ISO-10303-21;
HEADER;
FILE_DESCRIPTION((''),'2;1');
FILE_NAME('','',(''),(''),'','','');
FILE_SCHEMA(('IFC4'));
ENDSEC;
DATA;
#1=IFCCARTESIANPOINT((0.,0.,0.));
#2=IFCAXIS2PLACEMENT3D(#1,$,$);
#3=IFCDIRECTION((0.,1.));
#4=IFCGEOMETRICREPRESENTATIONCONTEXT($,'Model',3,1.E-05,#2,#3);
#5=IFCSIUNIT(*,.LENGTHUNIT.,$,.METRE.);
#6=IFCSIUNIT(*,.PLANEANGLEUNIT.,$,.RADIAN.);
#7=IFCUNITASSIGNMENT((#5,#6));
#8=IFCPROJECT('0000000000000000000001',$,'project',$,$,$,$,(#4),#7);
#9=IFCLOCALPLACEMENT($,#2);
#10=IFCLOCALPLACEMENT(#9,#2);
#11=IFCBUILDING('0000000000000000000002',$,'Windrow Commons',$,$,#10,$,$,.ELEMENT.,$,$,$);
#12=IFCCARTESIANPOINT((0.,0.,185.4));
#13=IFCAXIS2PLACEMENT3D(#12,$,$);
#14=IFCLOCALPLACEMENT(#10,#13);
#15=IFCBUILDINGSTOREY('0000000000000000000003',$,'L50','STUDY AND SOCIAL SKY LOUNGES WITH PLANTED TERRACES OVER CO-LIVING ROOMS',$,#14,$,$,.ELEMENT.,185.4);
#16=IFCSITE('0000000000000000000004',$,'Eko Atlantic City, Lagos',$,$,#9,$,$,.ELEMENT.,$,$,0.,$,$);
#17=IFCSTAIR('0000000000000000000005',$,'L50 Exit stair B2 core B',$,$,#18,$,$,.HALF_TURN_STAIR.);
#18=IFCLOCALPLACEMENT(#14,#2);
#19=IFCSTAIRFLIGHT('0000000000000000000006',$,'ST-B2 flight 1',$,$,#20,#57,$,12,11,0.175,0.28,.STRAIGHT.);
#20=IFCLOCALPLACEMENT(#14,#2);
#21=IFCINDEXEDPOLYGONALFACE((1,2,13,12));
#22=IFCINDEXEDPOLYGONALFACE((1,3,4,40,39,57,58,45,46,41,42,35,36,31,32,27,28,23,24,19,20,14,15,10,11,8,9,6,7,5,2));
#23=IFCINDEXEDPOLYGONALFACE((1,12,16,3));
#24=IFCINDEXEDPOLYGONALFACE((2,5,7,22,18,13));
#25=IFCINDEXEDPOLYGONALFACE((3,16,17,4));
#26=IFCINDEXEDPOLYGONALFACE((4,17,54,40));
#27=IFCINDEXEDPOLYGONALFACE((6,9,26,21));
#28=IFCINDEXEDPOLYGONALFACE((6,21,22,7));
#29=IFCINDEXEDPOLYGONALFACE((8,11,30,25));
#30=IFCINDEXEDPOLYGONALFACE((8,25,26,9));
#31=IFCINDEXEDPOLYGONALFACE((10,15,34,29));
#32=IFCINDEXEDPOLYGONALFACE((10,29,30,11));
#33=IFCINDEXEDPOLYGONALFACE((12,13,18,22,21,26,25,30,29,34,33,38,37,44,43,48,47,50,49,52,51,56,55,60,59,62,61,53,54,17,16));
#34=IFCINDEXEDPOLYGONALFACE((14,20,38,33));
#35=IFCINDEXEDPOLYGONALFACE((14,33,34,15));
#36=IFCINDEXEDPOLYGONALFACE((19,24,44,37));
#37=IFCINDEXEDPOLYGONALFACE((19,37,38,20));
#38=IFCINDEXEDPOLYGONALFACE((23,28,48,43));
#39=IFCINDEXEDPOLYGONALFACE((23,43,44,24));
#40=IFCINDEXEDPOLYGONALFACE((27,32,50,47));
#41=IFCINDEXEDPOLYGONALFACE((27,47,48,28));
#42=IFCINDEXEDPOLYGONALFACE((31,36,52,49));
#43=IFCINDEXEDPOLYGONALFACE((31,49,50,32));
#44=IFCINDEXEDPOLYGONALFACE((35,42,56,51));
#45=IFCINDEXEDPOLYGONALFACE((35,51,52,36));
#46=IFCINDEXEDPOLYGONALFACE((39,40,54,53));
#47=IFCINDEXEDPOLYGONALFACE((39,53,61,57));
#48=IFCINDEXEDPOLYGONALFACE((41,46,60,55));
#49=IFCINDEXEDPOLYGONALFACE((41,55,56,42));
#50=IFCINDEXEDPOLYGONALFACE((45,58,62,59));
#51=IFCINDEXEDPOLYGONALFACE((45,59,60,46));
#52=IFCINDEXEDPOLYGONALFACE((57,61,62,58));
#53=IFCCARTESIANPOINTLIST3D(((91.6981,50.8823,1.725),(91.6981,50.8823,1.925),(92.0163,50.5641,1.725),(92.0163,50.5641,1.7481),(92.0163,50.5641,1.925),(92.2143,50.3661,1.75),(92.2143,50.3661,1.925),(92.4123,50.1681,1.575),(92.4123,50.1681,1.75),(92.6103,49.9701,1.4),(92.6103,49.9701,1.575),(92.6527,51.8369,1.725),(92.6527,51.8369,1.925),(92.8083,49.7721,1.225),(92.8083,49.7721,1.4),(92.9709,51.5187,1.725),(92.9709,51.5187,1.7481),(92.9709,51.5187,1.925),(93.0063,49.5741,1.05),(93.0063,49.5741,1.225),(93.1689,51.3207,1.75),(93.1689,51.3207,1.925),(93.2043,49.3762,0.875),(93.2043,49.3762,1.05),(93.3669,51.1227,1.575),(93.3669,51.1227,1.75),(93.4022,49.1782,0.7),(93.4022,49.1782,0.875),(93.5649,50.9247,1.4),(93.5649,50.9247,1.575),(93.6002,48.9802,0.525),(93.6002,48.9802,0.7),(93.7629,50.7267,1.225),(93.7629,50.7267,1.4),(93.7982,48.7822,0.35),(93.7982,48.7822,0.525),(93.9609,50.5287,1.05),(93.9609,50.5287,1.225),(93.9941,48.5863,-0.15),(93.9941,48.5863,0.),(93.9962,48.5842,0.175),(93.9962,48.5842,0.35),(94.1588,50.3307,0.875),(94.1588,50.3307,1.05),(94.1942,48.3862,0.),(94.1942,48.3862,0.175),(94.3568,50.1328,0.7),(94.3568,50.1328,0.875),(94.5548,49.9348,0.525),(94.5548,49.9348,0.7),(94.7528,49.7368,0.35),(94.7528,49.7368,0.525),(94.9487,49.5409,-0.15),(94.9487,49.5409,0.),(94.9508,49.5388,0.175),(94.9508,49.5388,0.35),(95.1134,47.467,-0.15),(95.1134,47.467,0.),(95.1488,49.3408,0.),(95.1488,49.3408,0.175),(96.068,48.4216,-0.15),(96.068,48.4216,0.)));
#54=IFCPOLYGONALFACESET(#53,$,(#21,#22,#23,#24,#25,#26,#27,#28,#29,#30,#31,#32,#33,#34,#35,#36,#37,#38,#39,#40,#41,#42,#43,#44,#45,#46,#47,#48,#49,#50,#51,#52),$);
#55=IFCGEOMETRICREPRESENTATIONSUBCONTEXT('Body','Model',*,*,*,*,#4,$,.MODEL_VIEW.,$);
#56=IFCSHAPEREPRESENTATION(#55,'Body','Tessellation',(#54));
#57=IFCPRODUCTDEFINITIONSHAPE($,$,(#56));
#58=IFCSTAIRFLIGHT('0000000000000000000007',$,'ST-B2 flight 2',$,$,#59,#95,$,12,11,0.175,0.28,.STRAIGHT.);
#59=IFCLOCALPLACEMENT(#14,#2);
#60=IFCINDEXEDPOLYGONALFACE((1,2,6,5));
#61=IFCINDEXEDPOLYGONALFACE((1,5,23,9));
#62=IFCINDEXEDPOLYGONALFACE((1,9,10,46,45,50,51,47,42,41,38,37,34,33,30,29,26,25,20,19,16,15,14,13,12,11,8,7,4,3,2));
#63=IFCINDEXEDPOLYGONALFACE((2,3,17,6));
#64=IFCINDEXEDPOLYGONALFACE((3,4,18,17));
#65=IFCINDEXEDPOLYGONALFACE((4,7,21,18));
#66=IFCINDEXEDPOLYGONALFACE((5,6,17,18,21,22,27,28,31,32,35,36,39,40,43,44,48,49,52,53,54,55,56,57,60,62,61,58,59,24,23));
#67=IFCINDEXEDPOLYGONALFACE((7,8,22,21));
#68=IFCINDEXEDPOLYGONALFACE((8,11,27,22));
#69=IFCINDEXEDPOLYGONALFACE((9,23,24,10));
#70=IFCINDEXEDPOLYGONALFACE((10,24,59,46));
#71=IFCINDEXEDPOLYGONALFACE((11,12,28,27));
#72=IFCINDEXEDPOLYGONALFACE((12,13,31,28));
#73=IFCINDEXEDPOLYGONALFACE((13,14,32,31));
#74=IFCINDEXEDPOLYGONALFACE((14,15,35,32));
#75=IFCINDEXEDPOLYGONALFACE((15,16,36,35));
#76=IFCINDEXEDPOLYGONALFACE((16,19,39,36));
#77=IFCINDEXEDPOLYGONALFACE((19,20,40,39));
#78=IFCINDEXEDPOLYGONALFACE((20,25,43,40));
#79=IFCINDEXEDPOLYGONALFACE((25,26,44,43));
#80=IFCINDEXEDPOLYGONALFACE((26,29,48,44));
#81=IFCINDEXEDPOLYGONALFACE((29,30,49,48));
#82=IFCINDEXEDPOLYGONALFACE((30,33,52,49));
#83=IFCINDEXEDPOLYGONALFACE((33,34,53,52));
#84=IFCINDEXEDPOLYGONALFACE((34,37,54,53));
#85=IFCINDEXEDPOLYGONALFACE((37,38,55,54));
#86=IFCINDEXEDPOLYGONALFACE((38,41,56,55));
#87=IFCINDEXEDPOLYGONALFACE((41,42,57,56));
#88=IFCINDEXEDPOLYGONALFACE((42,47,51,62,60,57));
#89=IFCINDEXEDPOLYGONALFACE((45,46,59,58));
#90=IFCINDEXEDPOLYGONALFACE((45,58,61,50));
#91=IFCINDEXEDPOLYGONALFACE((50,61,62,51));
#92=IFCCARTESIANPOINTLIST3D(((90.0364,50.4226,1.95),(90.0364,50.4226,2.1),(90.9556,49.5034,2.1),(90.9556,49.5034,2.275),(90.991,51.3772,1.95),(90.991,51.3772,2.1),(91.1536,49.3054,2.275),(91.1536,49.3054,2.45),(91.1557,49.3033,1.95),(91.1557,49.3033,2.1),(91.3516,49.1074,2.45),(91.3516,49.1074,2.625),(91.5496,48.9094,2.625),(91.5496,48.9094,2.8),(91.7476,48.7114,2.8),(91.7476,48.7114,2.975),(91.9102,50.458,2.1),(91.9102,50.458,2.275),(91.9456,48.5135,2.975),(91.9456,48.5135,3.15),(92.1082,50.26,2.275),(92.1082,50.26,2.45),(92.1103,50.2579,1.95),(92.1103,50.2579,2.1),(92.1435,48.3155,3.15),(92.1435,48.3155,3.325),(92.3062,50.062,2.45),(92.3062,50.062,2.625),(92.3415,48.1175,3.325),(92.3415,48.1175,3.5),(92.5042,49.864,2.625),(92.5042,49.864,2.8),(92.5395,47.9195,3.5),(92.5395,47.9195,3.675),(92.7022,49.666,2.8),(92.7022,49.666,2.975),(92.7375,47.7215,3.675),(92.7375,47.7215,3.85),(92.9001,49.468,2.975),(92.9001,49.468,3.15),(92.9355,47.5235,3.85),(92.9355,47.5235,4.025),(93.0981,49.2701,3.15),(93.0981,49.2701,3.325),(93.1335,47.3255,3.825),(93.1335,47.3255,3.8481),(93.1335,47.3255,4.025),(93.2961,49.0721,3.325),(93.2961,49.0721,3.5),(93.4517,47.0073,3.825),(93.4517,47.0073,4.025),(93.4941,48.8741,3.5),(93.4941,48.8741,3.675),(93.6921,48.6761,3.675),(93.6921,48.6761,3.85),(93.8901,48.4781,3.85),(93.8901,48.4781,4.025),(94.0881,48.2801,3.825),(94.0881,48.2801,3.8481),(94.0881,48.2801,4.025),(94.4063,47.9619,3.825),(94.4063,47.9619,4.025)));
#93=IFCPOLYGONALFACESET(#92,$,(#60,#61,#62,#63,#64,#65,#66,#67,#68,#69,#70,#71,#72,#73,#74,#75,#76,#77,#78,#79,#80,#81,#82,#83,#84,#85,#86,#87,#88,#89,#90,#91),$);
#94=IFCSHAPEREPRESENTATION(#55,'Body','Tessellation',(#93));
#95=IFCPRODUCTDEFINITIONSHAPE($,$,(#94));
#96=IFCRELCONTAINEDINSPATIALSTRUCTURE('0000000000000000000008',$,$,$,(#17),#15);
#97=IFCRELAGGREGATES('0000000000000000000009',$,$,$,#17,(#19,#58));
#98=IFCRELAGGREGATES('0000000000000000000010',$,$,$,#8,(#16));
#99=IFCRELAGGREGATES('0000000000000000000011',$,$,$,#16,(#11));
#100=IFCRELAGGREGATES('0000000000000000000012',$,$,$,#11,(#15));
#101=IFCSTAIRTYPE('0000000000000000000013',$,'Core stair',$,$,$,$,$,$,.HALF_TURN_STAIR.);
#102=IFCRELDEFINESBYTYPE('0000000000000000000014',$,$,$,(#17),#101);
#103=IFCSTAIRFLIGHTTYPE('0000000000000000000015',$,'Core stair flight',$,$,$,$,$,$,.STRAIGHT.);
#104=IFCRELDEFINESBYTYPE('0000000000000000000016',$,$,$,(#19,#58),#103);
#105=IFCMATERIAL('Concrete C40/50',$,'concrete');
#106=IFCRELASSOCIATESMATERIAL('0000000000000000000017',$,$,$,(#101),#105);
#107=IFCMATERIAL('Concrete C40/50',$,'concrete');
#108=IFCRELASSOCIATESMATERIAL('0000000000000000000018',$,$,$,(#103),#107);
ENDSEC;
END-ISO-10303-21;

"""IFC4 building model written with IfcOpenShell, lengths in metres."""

from ifc_helpers import new_model, si_unit, direction, frame, origin, place, context, subcontext, project, spatial, polyline, outline, extrude, material, type_object, element, aggregate, save


model = new_model("IFC4")

# Units and contexts
model_context = context("Model", 3, precision=1e-05, world=origin(), true_north=direction((0.0, 1.0)))
body_context = subcontext(model_context, "Body", "Model", "MODEL_VIEW")
ifc_project = project(units=[si_unit("LENGTHUNIT", "METRE"), si_unit("PLANEANGLEUNIT", "RADIAN")], contexts=[model_context])

# Site, building, storey
site_placement = place(None, origin())
site = spatial("IfcSite", under=ifc_project, at=site_placement, Name="Eko Atlantic City, Lagos", CompositionType="ELEMENT", RefElevation=0.0)
building_placement = place(site_placement, origin())
building = spatial("IfcBuilding", under=site, at=building_placement, Name="Windrow Commons", CompositionType="ELEMENT")
storey_placement = place(building_placement, frame((0.0, 0.0, 185.4)))
storey = spatial("IfcBuildingStorey", under=building, at=storey_placement, Name="L50", Description="STUDY AND SOCIAL SKY LOUNGES WITH PLANTED TERRACES OVER CO-LIVING ROOMS", CompositionType="ELEMENT", Elevation=185.4)

# Shared definitions
placement = place(storey_placement, origin())

# Stair, stair flights
ifc_material_1 = material(Name="Concrete C40/50", Category="concrete")
stair_type = type_object("IfcStairType", Name="Core stair", PredefinedType="HALF_TURN_STAIR", material=ifc_material_1)
stair = element("IfcStair", 1, at=placement, inside=storey, type_object=stair_type, Name="L50 Exit stair B2 core B", PredefinedType="HALF_TURN_STAIR")
ifc_material_2 = material(Name="Concrete C40/50", Category="concrete")
stair_flight_type = type_object("IfcStairFlightType", Name="Core stair flight", PredefinedType="STRAIGHT", material=ifc_material_2)
stair_flight_1_placement = place(storey_placement, frame((94.6715, 48.8635, 0.0), z_axis=(0.0, 0.0, 1.0), x_axis=(-0.707107, 0.707107, 0.0)))
stair_flight_1 = element("IfcStairFlight", 2, at=stair_flight_1_placement, type_object=stair_flight_type, Name="ST-B2 flight 1", NumberOfRisers=12, NumberOfTreads=11, PredefinedType="STRAIGHT", RiserHeight=0.175, TreadLength=0.28, context=body_context, shape_type="SweptSolid", body=[
    extrude(outline(polyline([(-1.3, -0.15), (-1.3, 0.0), (0.0, 0.0), (0.0, 0.175), (0.28, 0.175), (0.28, 0.35), (0.56, 0.35), (0.56, 0.525), (0.84, 0.525), (0.84, 0.7), (1.12, 0.7), (1.12, 0.875), (1.4, 0.875), (1.4, 1.05), (1.68, 1.05), (1.68, 1.225), (1.96, 1.225), (1.96, 1.4), (2.24, 1.4), (2.24, 1.575), (2.52, 1.575), (2.52, 1.75), (2.8, 1.75), (2.8, 1.925), (3.08, 1.925), (3.53, 1.925), (3.53, 1.725), (3.08, 1.725), (3.08, 1.7481), (0.283, 0.0), (0.283, -0.15), (-1.3, -0.15)])), frame((0.0, 0.675, 0.0), z_axis=(0.0, -1.0, 0.0), x_axis=(1.0, 0.0, 0.0)), (0.0, 0.0, 1.0), 1.35),
])
stair_flight_2_placement = place(storey_placement, frame((91.4329, 49.9807, 2.1), z_axis=(0.0, 0.0, 1.0), x_axis=(0.707107, -0.707107, 0.0)))
stair_flight_2 = element("IfcStairFlight", 3, at=stair_flight_2_placement, type_object=stair_flight_type, Name="ST-B2 flight 2", NumberOfRisers=12, NumberOfTreads=11, PredefinedType="STRAIGHT", RiserHeight=0.175, TreadLength=0.28, context=body_context, shape_type="SweptSolid", body=[
    extrude(outline(polyline([(-1.3, -0.15), (-1.3, 0.0), (0.0, 0.0), (0.0, 0.175), (0.28, 0.175), (0.28, 0.35), (0.56, 0.35), (0.56, 0.525), (0.84, 0.525), (0.84, 0.7), (1.12, 0.7), (1.12, 0.875), (1.4, 0.875), (1.4, 1.05), (1.68, 1.05), (1.68, 1.225), (1.96, 1.225), (1.96, 1.4), (2.24, 1.4), (2.24, 1.575), (2.52, 1.575), (2.52, 1.75), (2.8, 1.75), (2.8, 1.925), (3.08, 1.925), (3.53, 1.925), (3.53, 1.725), (3.08, 1.725), (3.08, 1.7481), (0.283, 0.0), (0.283, -0.15), (-1.3, -0.15)])), frame((0.0, 0.675, 0.0), z_axis=(0.0, -1.0, 0.0), x_axis=(1.0, 0.0, 0.0)), (0.0, 0.0, 1.0), 1.35),
])
aggregate(stair, [stair_flight_1, stair_flight_2])

save(model, "model.ifc")
